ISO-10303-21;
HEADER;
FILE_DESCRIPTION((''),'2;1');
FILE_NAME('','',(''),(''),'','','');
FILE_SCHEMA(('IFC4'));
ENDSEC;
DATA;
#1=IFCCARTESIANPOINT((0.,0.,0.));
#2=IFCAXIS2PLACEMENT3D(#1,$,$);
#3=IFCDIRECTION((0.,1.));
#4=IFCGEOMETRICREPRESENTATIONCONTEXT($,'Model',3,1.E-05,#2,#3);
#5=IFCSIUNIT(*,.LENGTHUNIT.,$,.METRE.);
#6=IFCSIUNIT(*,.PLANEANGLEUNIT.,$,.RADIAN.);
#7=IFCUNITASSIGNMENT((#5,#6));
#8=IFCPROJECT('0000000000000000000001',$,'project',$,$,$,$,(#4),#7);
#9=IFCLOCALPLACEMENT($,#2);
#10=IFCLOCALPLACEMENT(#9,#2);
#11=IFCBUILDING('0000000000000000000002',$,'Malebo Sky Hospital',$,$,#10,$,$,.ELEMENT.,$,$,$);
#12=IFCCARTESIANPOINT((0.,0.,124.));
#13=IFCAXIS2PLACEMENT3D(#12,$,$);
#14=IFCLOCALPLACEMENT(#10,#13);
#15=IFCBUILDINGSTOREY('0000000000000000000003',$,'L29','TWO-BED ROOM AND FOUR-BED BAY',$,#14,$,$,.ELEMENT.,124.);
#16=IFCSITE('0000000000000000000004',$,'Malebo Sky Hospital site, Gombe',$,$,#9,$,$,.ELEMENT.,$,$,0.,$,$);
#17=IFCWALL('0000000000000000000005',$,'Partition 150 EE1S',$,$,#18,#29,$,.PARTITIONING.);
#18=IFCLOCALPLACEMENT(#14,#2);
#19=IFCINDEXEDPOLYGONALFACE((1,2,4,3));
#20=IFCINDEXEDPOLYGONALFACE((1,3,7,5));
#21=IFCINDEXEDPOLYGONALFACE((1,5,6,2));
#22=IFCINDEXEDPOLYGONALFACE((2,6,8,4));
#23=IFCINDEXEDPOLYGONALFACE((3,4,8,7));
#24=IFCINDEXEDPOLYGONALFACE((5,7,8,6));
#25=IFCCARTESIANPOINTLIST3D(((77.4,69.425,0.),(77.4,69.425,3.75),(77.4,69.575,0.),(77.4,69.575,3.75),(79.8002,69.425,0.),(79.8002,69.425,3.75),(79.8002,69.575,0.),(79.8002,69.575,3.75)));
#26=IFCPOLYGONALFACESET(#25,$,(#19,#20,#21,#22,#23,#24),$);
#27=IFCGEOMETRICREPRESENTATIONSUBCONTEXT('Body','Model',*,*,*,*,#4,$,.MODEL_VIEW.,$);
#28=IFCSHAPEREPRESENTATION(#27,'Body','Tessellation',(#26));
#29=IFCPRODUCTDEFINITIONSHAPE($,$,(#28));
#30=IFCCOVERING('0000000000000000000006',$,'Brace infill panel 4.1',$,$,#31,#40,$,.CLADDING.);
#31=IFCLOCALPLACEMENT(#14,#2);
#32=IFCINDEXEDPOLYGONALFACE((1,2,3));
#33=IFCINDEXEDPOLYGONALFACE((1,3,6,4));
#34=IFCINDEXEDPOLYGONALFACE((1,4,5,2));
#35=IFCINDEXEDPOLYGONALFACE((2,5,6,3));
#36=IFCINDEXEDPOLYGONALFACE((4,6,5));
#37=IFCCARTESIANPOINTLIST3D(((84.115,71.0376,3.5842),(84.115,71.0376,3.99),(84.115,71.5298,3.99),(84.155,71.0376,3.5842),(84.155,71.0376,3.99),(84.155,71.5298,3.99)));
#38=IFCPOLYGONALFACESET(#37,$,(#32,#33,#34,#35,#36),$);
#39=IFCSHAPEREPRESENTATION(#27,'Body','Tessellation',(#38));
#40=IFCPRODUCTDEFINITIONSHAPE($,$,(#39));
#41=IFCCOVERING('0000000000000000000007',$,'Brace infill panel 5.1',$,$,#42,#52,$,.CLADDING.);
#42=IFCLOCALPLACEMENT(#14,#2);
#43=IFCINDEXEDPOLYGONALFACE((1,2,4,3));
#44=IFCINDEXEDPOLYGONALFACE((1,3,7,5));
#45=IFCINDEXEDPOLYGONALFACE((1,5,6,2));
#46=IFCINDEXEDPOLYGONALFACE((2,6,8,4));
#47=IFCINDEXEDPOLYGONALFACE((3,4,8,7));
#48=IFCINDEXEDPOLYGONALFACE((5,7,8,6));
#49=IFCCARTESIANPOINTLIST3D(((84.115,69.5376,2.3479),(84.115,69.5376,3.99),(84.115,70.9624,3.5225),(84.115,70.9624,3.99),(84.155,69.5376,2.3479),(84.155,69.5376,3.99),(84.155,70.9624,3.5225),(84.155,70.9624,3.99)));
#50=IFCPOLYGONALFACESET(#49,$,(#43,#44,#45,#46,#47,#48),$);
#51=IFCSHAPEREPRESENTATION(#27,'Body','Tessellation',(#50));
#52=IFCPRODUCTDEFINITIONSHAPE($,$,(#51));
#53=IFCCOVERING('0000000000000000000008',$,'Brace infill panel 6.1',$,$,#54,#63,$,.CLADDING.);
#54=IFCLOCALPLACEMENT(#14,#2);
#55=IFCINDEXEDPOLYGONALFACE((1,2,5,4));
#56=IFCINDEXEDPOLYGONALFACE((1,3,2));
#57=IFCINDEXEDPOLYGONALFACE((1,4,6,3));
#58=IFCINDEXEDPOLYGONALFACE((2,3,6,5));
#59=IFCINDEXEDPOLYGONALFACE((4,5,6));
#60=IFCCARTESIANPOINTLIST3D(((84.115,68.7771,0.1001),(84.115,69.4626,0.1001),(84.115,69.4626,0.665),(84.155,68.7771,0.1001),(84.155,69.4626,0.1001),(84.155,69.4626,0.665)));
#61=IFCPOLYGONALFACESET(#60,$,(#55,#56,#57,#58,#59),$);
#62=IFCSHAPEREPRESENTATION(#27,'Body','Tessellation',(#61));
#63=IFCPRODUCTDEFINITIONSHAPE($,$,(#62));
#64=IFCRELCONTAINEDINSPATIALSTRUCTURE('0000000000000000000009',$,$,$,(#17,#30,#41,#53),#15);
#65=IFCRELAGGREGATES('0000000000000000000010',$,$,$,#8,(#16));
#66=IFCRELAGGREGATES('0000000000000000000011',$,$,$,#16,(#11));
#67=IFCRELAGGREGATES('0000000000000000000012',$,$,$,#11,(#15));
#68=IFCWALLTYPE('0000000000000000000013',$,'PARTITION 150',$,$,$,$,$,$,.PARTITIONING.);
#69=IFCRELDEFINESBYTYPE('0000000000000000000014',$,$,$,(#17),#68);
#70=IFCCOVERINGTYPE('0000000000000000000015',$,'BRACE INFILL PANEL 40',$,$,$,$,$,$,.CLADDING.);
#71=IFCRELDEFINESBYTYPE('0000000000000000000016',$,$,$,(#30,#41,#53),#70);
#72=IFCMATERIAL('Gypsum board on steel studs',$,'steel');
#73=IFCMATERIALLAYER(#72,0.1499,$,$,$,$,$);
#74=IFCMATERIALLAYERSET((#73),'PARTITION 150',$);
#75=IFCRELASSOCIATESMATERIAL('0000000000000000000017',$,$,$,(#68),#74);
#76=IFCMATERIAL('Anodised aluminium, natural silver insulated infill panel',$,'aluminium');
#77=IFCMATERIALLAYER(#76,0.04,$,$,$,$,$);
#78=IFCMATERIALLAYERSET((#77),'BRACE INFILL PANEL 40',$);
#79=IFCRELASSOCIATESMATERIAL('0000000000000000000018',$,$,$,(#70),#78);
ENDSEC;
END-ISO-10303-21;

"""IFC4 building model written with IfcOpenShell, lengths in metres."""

from ifc_helpers import new_model, si_unit, direction, frame, frame_2d, origin, place, context, subcontext, project, spatial, polyline, rectangle, outline, extrude, material, layer, layer_set, type_object, element, save


model = new_model("IFC4")

# Units and contexts
model_context = context("Model", 3, precision=1e-05, world=origin(), true_north=direction((0.0, 1.0)))
body_context = subcontext(model_context, "Body", "Model", "MODEL_VIEW")
ifc_project = project(units=[si_unit("LENGTHUNIT", "METRE"), si_unit("PLANEANGLEUNIT", "RADIAN")], contexts=[model_context])

# Site, building, storey
site_placement = place(None, origin())
site = spatial("IfcSite", under=ifc_project, at=site_placement, Name="Malebo Sky Hospital site, Gombe", CompositionType="ELEMENT", RefElevation=0.0)
building_placement = place(site_placement, origin())
building = spatial("IfcBuilding", under=site, at=building_placement, Name="Malebo Sky Hospital", CompositionType="ELEMENT")
storey_placement = place(building_placement, frame((0.0, 0.0, 124.0)))
storey = spatial("IfcBuildingStorey", under=building, at=storey_placement, Name="L29", Description="TWO-BED ROOM AND FOUR-BED BAY", CompositionType="ELEMENT", Elevation=124.0)

# Shared definitions
ifc_material_1 = material(Name="Gypsum board on steel studs", Category="steel")
ifc_layer_1 = layer(ifc_material_1, 0.1499)
ifc_layer_set_1 = layer_set([ifc_layer_1], Name="PARTITION 150")
wall_type = type_object("IfcWallType", Name="PARTITION 150", PredefinedType="PARTITIONING", material=ifc_layer_set_1)

# Wall
wall_1_placement = place(storey_placement, frame((77.3999, 69.5, 0.0), z_axis=(0.0, 0.0, 1.0), x_axis=(1.0, 0.0, 0.0)))
element("IfcWall", 1, at=wall_1_placement, inside=storey, type_object=wall_type, Name="Partition 150 EE1S", PredefinedType="PARTITIONING", context=body_context, shape_type="SweptSolid", body=[
    extrude(rectangle(XDim=2.4001, YDim=0.1499, at=frame_2d((1.2002, 0.0))), origin(), (0.0, 0.0, 1.0), 3.75),
])

# Coverings
ifc_material_2 = material(Name="Anodised aluminium, natural silver insulated infill panel", Category="aluminium")
ifc_layer_2 = layer(ifc_material_2, 0.04)
ifc_layer_set_2 = layer_set([ifc_layer_2], Name="BRACE INFILL PANEL 40")
covering_type = type_object("IfcCoveringType", Name="BRACE INFILL PANEL 40", PredefinedType="CLADDING", material=ifc_layer_set_2)
covering_1_placement = place(storey_placement, frame((84.135, 71.2837, 3.5842), z_axis=(0.0, 0.0, 1.0), x_axis=(0.0, -1.0, 0.0)))
element("IfcCovering", 2, at=covering_1_placement, inside=storey, type_object=covering_type, Name="Brace infill panel 4.1", PredefinedType="CLADDING", context=body_context, shape_type="SweptSolid", body=[
    extrude(outline(polyline([(0.2461, 0.0), (0.2461, 0.4058), (-0.2461, 0.4058), (0.2461, 0.0)])), frame((0.0, 0.02, 0.0), z_axis=(0.0, -1.0, 0.0), x_axis=(1.0, 0.0, 0.0)), (0.0, 0.0, 1.0), 0.04),
])
covering_2_placement = place(storey_placement, frame((84.135, 70.25, 2.3479), z_axis=(0.0, 0.0, 1.0), x_axis=(0.0, -1.0, 0.0)))
element("IfcCovering", 3, at=covering_2_placement, inside=storey, type_object=covering_type, Name="Brace infill panel 5.1", PredefinedType="CLADDING", context=body_context, shape_type="SweptSolid", body=[
    extrude(outline(polyline([(0.7124, 0.0), (0.7124, 1.6421), (-0.7124, 1.6421), (-0.7124, 1.1746), (0.7124, 0.0)])), frame((0.0, 0.02, 0.0), z_axis=(0.0, -1.0, 0.0), x_axis=(1.0, 0.0, 0.0)), (0.0, 0.0, 1.0), 0.04),
])
covering_3_placement = place(storey_placement, frame((84.135, 69.1199, 0.1001), z_axis=(0.0, 0.0, 1.0), x_axis=(0.0, -1.0, 0.0)))
element("IfcCovering", 4, at=covering_3_placement, inside=storey, type_object=covering_type, Name="Brace infill panel 6.1", PredefinedType="CLADDING", context=body_context, shape_type="SweptSolid", body=[
    extrude(outline(polyline([(-0.3428, 0.0), (0.3428, 0.0), (-0.3428, 0.5649), (-0.3428, 0.0)])), frame((0.0, 0.02, 0.0), z_axis=(0.0, -1.0, 0.0), x_axis=(1.0, 0.0, 0.0)), (0.0, 0.0, 1.0), 0.04),
])

save(model, "model.ifc")
